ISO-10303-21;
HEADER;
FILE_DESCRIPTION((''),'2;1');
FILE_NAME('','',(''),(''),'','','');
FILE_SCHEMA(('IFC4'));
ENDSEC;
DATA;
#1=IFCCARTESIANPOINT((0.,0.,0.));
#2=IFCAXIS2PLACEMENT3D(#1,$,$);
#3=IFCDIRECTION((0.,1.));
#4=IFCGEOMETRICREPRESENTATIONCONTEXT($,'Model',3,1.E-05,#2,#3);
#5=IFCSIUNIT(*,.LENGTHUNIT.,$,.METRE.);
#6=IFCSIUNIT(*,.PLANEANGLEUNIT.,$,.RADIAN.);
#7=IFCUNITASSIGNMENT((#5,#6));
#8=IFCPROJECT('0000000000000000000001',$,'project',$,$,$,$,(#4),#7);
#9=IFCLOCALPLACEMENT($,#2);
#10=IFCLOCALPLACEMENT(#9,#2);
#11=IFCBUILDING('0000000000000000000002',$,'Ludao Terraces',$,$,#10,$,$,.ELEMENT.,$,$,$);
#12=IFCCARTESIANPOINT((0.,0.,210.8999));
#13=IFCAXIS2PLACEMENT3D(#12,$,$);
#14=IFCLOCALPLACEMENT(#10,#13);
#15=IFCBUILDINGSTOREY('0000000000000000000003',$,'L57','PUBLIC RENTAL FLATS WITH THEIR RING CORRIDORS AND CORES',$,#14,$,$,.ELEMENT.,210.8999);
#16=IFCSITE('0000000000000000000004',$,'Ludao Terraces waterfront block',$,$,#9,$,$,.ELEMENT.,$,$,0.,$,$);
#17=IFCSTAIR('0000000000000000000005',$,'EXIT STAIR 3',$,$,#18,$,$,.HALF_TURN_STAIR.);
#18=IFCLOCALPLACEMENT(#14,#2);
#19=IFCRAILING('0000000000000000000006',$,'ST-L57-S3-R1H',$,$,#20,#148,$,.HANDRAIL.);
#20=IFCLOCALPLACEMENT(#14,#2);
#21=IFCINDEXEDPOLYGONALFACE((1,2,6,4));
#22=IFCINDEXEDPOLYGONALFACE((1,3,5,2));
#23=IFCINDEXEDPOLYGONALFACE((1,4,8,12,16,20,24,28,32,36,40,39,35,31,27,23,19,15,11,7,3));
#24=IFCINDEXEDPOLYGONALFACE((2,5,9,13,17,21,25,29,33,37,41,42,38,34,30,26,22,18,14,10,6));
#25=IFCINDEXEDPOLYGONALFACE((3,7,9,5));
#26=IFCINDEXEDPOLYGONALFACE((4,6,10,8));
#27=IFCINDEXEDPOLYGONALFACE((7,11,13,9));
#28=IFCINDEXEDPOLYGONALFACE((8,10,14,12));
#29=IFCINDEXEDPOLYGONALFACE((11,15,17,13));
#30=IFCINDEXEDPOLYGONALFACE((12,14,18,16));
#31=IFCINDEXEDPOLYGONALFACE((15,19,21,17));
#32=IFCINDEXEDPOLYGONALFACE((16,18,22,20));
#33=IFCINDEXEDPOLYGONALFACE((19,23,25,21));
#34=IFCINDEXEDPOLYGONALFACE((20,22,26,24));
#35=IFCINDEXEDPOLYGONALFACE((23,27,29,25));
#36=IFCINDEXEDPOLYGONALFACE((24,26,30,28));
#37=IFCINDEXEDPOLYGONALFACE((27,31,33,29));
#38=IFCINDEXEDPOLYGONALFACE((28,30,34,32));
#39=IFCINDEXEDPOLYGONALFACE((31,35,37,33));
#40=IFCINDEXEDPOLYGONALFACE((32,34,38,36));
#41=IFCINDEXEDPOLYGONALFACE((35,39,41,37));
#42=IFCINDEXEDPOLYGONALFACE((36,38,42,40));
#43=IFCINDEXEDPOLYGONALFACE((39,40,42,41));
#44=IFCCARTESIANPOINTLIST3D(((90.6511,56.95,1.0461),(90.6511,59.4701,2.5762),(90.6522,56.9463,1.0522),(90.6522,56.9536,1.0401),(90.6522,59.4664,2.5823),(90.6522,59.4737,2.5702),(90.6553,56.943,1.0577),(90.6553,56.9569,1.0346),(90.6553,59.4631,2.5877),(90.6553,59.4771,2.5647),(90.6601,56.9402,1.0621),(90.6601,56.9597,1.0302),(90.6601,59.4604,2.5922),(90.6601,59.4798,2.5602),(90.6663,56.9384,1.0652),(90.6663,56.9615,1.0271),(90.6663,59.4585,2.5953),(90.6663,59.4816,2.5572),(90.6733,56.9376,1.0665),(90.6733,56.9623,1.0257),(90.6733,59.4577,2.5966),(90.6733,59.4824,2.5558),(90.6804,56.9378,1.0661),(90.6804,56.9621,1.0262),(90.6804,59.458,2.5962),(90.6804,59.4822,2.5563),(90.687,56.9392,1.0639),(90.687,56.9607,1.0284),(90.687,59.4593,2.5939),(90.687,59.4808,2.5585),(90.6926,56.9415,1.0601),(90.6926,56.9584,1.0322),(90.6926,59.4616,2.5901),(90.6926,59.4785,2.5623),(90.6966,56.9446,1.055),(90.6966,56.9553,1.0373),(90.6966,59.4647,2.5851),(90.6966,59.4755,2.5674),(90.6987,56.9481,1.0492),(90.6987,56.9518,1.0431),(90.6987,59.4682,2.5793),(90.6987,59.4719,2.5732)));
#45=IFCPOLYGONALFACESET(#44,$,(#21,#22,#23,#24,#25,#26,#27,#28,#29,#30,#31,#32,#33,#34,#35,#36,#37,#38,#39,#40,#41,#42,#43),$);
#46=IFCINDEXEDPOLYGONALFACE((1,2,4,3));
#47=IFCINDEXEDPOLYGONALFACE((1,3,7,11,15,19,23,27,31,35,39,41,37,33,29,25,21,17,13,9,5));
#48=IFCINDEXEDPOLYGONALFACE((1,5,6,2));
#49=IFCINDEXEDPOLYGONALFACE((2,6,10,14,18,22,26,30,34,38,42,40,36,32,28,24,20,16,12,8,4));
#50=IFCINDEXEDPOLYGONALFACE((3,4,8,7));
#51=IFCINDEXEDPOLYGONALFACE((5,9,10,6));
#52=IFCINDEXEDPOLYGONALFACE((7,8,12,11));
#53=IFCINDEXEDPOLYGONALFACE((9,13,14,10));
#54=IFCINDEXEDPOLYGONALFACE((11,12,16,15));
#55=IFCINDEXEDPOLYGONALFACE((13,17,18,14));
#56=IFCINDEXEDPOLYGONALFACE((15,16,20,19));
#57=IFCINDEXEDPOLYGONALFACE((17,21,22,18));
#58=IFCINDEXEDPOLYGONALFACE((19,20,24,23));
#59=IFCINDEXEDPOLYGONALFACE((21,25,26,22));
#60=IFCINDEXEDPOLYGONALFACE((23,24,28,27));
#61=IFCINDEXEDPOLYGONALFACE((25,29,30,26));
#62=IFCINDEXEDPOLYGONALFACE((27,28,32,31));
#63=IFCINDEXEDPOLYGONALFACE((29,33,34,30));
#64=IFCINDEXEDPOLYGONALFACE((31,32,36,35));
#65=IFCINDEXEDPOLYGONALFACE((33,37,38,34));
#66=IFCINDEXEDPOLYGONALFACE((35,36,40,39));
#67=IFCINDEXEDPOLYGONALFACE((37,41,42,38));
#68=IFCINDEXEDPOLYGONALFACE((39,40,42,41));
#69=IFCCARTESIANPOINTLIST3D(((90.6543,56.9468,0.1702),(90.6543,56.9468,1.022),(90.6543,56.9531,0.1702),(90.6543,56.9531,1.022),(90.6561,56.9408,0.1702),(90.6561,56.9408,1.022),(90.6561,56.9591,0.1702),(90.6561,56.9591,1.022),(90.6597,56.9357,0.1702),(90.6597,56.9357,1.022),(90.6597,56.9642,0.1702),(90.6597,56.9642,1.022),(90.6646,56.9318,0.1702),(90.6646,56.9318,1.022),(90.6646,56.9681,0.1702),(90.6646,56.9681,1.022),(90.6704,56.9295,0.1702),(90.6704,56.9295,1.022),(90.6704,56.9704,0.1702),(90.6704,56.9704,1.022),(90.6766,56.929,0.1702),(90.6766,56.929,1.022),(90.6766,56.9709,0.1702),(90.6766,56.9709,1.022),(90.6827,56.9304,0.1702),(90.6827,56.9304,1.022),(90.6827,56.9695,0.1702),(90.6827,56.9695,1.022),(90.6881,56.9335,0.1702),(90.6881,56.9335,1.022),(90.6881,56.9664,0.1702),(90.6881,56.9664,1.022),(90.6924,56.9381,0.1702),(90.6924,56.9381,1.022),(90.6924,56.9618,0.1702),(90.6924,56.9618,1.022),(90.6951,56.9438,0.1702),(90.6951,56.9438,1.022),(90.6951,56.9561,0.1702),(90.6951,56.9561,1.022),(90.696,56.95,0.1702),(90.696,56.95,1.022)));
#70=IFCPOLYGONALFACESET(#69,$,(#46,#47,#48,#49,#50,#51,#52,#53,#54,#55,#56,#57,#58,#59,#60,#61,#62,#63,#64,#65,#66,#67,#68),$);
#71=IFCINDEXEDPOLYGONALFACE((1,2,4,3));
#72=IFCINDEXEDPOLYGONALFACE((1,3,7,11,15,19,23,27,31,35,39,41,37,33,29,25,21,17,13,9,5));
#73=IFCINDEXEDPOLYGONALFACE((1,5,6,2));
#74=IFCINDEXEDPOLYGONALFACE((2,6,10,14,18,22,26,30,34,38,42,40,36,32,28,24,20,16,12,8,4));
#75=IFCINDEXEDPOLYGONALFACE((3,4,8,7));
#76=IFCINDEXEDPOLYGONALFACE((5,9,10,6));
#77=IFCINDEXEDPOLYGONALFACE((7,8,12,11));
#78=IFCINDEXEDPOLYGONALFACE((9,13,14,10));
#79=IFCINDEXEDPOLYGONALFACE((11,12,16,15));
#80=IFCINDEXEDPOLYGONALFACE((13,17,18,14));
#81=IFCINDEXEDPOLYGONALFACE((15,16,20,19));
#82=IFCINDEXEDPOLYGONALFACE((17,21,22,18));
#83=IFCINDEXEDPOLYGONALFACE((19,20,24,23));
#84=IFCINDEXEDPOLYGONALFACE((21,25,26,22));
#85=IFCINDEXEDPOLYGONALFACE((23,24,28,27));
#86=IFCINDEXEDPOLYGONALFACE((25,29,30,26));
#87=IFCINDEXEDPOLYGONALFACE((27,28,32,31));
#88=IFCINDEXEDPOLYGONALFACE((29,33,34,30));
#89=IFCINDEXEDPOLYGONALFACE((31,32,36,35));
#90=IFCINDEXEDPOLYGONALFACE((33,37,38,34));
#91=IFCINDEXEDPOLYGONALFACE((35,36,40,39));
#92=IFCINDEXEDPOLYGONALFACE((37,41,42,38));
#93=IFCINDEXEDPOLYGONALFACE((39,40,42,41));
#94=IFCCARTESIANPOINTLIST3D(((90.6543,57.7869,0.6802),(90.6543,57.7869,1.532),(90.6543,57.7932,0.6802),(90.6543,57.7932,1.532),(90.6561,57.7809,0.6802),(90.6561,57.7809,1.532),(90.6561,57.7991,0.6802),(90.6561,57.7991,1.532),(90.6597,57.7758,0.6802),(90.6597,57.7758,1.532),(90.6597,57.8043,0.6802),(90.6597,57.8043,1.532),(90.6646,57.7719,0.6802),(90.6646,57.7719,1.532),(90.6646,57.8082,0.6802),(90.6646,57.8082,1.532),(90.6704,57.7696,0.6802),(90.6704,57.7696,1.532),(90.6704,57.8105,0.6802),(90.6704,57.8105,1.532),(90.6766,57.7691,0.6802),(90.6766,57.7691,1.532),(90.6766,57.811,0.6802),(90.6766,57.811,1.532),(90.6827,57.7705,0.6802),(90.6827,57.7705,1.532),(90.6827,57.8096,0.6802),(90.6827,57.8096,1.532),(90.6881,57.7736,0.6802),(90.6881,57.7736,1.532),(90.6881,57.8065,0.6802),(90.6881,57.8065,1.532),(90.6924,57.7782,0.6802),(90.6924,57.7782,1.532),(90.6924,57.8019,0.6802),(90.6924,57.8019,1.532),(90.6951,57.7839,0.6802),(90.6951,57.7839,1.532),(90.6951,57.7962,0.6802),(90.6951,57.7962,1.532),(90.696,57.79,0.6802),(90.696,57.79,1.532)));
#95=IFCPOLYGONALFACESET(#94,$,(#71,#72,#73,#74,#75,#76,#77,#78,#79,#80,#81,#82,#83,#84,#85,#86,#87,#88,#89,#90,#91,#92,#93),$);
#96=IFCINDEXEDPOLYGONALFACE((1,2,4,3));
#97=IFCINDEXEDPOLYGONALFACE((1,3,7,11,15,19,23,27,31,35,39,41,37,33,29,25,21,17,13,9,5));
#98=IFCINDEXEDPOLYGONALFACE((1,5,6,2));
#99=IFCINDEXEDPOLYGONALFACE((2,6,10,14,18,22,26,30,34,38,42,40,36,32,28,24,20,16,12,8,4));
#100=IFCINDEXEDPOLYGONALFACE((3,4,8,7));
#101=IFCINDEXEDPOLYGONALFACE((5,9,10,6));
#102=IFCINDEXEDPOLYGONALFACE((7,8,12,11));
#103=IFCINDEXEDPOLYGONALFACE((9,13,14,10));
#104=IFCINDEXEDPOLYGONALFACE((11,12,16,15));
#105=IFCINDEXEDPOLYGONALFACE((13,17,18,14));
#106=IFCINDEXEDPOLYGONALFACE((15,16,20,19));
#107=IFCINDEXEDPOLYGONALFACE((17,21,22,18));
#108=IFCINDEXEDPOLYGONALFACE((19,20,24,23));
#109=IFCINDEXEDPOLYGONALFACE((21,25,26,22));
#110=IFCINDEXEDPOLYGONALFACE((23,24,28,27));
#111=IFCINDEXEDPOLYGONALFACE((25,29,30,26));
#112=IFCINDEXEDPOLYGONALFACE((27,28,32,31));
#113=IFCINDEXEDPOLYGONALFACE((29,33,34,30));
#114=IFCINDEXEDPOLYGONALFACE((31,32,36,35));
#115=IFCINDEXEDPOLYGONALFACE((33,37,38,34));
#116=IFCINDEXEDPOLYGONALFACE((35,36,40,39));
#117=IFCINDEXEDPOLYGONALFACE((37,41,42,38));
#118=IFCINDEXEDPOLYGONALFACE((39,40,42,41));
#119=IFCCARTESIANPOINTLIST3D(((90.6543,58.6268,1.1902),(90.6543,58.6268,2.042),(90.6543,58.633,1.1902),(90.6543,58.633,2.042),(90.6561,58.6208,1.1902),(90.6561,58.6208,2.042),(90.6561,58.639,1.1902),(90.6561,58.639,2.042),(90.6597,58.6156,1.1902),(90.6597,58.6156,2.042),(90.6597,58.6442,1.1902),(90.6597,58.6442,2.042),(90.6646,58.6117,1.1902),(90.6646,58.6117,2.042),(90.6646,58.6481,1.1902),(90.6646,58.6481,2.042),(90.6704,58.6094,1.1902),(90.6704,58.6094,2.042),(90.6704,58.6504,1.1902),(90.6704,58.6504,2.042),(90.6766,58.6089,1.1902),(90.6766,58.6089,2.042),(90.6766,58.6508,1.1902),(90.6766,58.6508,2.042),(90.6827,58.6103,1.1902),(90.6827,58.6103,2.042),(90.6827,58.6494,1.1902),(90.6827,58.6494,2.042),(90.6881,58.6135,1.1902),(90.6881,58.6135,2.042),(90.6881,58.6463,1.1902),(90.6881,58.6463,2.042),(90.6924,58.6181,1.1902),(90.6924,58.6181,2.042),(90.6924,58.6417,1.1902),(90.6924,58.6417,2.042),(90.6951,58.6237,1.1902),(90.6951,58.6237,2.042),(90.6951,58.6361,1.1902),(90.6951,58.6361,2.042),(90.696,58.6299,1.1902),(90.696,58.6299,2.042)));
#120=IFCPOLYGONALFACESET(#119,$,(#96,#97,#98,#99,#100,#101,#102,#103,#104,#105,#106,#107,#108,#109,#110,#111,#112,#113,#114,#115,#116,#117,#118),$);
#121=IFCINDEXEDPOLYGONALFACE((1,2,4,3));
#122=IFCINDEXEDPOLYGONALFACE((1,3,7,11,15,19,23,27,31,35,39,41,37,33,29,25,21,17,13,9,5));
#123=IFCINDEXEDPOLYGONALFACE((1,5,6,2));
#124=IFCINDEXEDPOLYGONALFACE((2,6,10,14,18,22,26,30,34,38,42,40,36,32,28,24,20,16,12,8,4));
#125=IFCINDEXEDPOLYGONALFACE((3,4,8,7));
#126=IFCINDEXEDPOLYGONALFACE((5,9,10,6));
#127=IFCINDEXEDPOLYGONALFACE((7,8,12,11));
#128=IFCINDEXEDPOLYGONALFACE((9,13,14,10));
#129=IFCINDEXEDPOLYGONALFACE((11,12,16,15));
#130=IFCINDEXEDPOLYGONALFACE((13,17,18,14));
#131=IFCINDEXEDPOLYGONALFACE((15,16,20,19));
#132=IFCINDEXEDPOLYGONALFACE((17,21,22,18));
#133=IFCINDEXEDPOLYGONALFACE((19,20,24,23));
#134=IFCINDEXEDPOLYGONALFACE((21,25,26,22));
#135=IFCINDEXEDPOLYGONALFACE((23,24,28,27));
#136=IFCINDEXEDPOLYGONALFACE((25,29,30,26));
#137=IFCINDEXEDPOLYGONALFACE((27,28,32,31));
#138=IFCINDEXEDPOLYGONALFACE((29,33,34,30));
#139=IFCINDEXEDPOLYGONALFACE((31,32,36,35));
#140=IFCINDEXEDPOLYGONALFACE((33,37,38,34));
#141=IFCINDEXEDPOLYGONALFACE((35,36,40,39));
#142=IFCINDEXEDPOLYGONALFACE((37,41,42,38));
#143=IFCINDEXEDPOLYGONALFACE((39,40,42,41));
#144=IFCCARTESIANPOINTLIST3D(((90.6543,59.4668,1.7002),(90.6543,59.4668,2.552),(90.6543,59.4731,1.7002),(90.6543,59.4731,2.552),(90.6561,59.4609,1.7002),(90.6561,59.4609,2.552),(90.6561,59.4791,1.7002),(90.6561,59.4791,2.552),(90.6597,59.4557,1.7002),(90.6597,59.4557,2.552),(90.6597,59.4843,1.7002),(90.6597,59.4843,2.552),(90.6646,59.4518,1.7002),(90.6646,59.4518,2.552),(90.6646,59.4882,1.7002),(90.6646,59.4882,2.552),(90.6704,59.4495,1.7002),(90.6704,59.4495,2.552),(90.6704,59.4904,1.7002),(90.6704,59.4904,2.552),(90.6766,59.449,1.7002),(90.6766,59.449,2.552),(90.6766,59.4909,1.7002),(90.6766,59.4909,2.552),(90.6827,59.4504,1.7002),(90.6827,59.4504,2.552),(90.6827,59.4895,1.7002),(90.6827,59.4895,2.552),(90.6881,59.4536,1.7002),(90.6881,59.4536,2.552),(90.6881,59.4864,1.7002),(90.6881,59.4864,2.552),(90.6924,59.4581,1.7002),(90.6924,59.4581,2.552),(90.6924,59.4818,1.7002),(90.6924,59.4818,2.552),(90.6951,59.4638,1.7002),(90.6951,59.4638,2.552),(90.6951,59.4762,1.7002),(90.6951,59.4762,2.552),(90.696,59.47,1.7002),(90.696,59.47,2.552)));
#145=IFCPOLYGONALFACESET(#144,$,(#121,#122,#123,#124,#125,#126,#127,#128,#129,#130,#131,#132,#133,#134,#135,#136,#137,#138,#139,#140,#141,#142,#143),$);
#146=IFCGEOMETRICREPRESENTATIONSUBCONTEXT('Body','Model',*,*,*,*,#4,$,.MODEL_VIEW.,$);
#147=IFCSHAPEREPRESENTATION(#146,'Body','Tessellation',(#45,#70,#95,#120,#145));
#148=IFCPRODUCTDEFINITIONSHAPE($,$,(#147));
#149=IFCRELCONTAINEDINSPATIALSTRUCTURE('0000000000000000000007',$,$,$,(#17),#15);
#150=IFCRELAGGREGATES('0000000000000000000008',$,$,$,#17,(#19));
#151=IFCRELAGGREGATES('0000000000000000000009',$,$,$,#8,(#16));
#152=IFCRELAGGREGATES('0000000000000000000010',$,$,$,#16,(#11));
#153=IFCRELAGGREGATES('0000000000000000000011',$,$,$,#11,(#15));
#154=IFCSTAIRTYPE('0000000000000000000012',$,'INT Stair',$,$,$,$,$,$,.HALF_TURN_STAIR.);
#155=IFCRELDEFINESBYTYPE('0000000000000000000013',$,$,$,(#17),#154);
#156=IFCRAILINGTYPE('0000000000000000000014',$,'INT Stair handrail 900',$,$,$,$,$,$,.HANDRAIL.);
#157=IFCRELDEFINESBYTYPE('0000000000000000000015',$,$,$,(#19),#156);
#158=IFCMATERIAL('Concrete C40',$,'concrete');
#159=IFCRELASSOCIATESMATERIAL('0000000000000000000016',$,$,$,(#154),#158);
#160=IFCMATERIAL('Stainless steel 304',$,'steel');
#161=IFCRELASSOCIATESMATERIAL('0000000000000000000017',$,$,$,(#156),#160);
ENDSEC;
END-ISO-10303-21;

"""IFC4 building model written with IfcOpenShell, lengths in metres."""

from ifc_helpers import new_model, si_unit, direction, frame, origin, origin_2d, place, context, subcontext, project, spatial, circle, extrude, material, type_object, element, aggregate, save


model = new_model("IFC4")

# Units and contexts
model_context = context("Model", 3, precision=1e-05, world=origin(), true_north=direction((0.0, 1.0)))
body_context = subcontext(model_context, "Body", "Model", "MODEL_VIEW")
ifc_project = project(units=[si_unit("LENGTHUNIT", "METRE"), si_unit("PLANEANGLEUNIT", "RADIAN")], contexts=[model_context])

# Site, building, storey
site_placement = place(None, origin())
site = spatial("IfcSite", under=ifc_project, at=site_placement, Name="Ludao Terraces waterfront block", CompositionType="ELEMENT", RefElevation=0.0)
building_placement = place(site_placement, origin())
building = spatial("IfcBuilding", under=site, at=building_placement, Name="Ludao Terraces", CompositionType="ELEMENT")
storey_placement = place(building_placement, frame((0.0, 0.0, 210.8999)))
storey = spatial("IfcBuildingStorey", under=building, at=storey_placement, Name="L57", Description="PUBLIC RENTAL FLATS WITH THEIR RING CORRIDORS AND CORES", CompositionType="ELEMENT", Elevation=210.8999)

# Shared definitions
ifc_material_1 = material(Name="Concrete C40", Category="concrete")

# Stair, railing
stair_type = type_object("IfcStairType", Name="INT Stair", PredefinedType="HALF_TURN_STAIR", material=ifc_material_1)
stair_placement = place(storey_placement, origin())
stair = element("IfcStair", 1, at=stair_placement, inside=storey, type_object=stair_type, Name="EXIT STAIR 3", PredefinedType="HALF_TURN_STAIR")
ifc_material_2 = material(Name="Stainless steel 304", Category="steel")
railing_type_1 = type_object("IfcRailingType", Name="INT Stair handrail 900", PredefinedType="HANDRAIL", material=ifc_material_2)
railing_1_placement = place(storey_placement, frame((90.675, 56.95, 0.1702)))
railing_1 = element("IfcRailing", 2, at=railing_1_placement, type_object=railing_type_1, Name="ST-L57-S3-R1H", PredefinedType="HANDRAIL", context=body_context, shape_type="SweptSolid", body=[
    extrude(circle(Radius=0.0239, at=origin_2d()), frame((0.0, 0.0, 0.876), z_axis=(0.0, 0.854785, 0.518982), x_axis=(-1.0, 0.0, 0.0)), (0.0, 0.0, 1.0), 2.9482),
    extrude(circle(Radius=0.021, at=origin_2d()), origin(), (0.0, 0.0, 1.0), 0.8518),
    extrude(circle(Radius=0.021, at=origin_2d()), frame((0.0, 0.8401, 0.51)), (0.0, 0.0, 1.0), 0.8518),
    extrude(circle(Radius=0.021, at=origin_2d()), frame((0.0, 1.6799, 1.02)), (0.0, 0.0, 1.0), 0.8518),
    extrude(circle(Radius=0.021, at=origin_2d()), frame((0.0, 2.52, 1.53)), (0.0, 0.0, 1.0), 0.8518),
])
aggregate(stair, [railing_1])

save(model, "model.ifc")
